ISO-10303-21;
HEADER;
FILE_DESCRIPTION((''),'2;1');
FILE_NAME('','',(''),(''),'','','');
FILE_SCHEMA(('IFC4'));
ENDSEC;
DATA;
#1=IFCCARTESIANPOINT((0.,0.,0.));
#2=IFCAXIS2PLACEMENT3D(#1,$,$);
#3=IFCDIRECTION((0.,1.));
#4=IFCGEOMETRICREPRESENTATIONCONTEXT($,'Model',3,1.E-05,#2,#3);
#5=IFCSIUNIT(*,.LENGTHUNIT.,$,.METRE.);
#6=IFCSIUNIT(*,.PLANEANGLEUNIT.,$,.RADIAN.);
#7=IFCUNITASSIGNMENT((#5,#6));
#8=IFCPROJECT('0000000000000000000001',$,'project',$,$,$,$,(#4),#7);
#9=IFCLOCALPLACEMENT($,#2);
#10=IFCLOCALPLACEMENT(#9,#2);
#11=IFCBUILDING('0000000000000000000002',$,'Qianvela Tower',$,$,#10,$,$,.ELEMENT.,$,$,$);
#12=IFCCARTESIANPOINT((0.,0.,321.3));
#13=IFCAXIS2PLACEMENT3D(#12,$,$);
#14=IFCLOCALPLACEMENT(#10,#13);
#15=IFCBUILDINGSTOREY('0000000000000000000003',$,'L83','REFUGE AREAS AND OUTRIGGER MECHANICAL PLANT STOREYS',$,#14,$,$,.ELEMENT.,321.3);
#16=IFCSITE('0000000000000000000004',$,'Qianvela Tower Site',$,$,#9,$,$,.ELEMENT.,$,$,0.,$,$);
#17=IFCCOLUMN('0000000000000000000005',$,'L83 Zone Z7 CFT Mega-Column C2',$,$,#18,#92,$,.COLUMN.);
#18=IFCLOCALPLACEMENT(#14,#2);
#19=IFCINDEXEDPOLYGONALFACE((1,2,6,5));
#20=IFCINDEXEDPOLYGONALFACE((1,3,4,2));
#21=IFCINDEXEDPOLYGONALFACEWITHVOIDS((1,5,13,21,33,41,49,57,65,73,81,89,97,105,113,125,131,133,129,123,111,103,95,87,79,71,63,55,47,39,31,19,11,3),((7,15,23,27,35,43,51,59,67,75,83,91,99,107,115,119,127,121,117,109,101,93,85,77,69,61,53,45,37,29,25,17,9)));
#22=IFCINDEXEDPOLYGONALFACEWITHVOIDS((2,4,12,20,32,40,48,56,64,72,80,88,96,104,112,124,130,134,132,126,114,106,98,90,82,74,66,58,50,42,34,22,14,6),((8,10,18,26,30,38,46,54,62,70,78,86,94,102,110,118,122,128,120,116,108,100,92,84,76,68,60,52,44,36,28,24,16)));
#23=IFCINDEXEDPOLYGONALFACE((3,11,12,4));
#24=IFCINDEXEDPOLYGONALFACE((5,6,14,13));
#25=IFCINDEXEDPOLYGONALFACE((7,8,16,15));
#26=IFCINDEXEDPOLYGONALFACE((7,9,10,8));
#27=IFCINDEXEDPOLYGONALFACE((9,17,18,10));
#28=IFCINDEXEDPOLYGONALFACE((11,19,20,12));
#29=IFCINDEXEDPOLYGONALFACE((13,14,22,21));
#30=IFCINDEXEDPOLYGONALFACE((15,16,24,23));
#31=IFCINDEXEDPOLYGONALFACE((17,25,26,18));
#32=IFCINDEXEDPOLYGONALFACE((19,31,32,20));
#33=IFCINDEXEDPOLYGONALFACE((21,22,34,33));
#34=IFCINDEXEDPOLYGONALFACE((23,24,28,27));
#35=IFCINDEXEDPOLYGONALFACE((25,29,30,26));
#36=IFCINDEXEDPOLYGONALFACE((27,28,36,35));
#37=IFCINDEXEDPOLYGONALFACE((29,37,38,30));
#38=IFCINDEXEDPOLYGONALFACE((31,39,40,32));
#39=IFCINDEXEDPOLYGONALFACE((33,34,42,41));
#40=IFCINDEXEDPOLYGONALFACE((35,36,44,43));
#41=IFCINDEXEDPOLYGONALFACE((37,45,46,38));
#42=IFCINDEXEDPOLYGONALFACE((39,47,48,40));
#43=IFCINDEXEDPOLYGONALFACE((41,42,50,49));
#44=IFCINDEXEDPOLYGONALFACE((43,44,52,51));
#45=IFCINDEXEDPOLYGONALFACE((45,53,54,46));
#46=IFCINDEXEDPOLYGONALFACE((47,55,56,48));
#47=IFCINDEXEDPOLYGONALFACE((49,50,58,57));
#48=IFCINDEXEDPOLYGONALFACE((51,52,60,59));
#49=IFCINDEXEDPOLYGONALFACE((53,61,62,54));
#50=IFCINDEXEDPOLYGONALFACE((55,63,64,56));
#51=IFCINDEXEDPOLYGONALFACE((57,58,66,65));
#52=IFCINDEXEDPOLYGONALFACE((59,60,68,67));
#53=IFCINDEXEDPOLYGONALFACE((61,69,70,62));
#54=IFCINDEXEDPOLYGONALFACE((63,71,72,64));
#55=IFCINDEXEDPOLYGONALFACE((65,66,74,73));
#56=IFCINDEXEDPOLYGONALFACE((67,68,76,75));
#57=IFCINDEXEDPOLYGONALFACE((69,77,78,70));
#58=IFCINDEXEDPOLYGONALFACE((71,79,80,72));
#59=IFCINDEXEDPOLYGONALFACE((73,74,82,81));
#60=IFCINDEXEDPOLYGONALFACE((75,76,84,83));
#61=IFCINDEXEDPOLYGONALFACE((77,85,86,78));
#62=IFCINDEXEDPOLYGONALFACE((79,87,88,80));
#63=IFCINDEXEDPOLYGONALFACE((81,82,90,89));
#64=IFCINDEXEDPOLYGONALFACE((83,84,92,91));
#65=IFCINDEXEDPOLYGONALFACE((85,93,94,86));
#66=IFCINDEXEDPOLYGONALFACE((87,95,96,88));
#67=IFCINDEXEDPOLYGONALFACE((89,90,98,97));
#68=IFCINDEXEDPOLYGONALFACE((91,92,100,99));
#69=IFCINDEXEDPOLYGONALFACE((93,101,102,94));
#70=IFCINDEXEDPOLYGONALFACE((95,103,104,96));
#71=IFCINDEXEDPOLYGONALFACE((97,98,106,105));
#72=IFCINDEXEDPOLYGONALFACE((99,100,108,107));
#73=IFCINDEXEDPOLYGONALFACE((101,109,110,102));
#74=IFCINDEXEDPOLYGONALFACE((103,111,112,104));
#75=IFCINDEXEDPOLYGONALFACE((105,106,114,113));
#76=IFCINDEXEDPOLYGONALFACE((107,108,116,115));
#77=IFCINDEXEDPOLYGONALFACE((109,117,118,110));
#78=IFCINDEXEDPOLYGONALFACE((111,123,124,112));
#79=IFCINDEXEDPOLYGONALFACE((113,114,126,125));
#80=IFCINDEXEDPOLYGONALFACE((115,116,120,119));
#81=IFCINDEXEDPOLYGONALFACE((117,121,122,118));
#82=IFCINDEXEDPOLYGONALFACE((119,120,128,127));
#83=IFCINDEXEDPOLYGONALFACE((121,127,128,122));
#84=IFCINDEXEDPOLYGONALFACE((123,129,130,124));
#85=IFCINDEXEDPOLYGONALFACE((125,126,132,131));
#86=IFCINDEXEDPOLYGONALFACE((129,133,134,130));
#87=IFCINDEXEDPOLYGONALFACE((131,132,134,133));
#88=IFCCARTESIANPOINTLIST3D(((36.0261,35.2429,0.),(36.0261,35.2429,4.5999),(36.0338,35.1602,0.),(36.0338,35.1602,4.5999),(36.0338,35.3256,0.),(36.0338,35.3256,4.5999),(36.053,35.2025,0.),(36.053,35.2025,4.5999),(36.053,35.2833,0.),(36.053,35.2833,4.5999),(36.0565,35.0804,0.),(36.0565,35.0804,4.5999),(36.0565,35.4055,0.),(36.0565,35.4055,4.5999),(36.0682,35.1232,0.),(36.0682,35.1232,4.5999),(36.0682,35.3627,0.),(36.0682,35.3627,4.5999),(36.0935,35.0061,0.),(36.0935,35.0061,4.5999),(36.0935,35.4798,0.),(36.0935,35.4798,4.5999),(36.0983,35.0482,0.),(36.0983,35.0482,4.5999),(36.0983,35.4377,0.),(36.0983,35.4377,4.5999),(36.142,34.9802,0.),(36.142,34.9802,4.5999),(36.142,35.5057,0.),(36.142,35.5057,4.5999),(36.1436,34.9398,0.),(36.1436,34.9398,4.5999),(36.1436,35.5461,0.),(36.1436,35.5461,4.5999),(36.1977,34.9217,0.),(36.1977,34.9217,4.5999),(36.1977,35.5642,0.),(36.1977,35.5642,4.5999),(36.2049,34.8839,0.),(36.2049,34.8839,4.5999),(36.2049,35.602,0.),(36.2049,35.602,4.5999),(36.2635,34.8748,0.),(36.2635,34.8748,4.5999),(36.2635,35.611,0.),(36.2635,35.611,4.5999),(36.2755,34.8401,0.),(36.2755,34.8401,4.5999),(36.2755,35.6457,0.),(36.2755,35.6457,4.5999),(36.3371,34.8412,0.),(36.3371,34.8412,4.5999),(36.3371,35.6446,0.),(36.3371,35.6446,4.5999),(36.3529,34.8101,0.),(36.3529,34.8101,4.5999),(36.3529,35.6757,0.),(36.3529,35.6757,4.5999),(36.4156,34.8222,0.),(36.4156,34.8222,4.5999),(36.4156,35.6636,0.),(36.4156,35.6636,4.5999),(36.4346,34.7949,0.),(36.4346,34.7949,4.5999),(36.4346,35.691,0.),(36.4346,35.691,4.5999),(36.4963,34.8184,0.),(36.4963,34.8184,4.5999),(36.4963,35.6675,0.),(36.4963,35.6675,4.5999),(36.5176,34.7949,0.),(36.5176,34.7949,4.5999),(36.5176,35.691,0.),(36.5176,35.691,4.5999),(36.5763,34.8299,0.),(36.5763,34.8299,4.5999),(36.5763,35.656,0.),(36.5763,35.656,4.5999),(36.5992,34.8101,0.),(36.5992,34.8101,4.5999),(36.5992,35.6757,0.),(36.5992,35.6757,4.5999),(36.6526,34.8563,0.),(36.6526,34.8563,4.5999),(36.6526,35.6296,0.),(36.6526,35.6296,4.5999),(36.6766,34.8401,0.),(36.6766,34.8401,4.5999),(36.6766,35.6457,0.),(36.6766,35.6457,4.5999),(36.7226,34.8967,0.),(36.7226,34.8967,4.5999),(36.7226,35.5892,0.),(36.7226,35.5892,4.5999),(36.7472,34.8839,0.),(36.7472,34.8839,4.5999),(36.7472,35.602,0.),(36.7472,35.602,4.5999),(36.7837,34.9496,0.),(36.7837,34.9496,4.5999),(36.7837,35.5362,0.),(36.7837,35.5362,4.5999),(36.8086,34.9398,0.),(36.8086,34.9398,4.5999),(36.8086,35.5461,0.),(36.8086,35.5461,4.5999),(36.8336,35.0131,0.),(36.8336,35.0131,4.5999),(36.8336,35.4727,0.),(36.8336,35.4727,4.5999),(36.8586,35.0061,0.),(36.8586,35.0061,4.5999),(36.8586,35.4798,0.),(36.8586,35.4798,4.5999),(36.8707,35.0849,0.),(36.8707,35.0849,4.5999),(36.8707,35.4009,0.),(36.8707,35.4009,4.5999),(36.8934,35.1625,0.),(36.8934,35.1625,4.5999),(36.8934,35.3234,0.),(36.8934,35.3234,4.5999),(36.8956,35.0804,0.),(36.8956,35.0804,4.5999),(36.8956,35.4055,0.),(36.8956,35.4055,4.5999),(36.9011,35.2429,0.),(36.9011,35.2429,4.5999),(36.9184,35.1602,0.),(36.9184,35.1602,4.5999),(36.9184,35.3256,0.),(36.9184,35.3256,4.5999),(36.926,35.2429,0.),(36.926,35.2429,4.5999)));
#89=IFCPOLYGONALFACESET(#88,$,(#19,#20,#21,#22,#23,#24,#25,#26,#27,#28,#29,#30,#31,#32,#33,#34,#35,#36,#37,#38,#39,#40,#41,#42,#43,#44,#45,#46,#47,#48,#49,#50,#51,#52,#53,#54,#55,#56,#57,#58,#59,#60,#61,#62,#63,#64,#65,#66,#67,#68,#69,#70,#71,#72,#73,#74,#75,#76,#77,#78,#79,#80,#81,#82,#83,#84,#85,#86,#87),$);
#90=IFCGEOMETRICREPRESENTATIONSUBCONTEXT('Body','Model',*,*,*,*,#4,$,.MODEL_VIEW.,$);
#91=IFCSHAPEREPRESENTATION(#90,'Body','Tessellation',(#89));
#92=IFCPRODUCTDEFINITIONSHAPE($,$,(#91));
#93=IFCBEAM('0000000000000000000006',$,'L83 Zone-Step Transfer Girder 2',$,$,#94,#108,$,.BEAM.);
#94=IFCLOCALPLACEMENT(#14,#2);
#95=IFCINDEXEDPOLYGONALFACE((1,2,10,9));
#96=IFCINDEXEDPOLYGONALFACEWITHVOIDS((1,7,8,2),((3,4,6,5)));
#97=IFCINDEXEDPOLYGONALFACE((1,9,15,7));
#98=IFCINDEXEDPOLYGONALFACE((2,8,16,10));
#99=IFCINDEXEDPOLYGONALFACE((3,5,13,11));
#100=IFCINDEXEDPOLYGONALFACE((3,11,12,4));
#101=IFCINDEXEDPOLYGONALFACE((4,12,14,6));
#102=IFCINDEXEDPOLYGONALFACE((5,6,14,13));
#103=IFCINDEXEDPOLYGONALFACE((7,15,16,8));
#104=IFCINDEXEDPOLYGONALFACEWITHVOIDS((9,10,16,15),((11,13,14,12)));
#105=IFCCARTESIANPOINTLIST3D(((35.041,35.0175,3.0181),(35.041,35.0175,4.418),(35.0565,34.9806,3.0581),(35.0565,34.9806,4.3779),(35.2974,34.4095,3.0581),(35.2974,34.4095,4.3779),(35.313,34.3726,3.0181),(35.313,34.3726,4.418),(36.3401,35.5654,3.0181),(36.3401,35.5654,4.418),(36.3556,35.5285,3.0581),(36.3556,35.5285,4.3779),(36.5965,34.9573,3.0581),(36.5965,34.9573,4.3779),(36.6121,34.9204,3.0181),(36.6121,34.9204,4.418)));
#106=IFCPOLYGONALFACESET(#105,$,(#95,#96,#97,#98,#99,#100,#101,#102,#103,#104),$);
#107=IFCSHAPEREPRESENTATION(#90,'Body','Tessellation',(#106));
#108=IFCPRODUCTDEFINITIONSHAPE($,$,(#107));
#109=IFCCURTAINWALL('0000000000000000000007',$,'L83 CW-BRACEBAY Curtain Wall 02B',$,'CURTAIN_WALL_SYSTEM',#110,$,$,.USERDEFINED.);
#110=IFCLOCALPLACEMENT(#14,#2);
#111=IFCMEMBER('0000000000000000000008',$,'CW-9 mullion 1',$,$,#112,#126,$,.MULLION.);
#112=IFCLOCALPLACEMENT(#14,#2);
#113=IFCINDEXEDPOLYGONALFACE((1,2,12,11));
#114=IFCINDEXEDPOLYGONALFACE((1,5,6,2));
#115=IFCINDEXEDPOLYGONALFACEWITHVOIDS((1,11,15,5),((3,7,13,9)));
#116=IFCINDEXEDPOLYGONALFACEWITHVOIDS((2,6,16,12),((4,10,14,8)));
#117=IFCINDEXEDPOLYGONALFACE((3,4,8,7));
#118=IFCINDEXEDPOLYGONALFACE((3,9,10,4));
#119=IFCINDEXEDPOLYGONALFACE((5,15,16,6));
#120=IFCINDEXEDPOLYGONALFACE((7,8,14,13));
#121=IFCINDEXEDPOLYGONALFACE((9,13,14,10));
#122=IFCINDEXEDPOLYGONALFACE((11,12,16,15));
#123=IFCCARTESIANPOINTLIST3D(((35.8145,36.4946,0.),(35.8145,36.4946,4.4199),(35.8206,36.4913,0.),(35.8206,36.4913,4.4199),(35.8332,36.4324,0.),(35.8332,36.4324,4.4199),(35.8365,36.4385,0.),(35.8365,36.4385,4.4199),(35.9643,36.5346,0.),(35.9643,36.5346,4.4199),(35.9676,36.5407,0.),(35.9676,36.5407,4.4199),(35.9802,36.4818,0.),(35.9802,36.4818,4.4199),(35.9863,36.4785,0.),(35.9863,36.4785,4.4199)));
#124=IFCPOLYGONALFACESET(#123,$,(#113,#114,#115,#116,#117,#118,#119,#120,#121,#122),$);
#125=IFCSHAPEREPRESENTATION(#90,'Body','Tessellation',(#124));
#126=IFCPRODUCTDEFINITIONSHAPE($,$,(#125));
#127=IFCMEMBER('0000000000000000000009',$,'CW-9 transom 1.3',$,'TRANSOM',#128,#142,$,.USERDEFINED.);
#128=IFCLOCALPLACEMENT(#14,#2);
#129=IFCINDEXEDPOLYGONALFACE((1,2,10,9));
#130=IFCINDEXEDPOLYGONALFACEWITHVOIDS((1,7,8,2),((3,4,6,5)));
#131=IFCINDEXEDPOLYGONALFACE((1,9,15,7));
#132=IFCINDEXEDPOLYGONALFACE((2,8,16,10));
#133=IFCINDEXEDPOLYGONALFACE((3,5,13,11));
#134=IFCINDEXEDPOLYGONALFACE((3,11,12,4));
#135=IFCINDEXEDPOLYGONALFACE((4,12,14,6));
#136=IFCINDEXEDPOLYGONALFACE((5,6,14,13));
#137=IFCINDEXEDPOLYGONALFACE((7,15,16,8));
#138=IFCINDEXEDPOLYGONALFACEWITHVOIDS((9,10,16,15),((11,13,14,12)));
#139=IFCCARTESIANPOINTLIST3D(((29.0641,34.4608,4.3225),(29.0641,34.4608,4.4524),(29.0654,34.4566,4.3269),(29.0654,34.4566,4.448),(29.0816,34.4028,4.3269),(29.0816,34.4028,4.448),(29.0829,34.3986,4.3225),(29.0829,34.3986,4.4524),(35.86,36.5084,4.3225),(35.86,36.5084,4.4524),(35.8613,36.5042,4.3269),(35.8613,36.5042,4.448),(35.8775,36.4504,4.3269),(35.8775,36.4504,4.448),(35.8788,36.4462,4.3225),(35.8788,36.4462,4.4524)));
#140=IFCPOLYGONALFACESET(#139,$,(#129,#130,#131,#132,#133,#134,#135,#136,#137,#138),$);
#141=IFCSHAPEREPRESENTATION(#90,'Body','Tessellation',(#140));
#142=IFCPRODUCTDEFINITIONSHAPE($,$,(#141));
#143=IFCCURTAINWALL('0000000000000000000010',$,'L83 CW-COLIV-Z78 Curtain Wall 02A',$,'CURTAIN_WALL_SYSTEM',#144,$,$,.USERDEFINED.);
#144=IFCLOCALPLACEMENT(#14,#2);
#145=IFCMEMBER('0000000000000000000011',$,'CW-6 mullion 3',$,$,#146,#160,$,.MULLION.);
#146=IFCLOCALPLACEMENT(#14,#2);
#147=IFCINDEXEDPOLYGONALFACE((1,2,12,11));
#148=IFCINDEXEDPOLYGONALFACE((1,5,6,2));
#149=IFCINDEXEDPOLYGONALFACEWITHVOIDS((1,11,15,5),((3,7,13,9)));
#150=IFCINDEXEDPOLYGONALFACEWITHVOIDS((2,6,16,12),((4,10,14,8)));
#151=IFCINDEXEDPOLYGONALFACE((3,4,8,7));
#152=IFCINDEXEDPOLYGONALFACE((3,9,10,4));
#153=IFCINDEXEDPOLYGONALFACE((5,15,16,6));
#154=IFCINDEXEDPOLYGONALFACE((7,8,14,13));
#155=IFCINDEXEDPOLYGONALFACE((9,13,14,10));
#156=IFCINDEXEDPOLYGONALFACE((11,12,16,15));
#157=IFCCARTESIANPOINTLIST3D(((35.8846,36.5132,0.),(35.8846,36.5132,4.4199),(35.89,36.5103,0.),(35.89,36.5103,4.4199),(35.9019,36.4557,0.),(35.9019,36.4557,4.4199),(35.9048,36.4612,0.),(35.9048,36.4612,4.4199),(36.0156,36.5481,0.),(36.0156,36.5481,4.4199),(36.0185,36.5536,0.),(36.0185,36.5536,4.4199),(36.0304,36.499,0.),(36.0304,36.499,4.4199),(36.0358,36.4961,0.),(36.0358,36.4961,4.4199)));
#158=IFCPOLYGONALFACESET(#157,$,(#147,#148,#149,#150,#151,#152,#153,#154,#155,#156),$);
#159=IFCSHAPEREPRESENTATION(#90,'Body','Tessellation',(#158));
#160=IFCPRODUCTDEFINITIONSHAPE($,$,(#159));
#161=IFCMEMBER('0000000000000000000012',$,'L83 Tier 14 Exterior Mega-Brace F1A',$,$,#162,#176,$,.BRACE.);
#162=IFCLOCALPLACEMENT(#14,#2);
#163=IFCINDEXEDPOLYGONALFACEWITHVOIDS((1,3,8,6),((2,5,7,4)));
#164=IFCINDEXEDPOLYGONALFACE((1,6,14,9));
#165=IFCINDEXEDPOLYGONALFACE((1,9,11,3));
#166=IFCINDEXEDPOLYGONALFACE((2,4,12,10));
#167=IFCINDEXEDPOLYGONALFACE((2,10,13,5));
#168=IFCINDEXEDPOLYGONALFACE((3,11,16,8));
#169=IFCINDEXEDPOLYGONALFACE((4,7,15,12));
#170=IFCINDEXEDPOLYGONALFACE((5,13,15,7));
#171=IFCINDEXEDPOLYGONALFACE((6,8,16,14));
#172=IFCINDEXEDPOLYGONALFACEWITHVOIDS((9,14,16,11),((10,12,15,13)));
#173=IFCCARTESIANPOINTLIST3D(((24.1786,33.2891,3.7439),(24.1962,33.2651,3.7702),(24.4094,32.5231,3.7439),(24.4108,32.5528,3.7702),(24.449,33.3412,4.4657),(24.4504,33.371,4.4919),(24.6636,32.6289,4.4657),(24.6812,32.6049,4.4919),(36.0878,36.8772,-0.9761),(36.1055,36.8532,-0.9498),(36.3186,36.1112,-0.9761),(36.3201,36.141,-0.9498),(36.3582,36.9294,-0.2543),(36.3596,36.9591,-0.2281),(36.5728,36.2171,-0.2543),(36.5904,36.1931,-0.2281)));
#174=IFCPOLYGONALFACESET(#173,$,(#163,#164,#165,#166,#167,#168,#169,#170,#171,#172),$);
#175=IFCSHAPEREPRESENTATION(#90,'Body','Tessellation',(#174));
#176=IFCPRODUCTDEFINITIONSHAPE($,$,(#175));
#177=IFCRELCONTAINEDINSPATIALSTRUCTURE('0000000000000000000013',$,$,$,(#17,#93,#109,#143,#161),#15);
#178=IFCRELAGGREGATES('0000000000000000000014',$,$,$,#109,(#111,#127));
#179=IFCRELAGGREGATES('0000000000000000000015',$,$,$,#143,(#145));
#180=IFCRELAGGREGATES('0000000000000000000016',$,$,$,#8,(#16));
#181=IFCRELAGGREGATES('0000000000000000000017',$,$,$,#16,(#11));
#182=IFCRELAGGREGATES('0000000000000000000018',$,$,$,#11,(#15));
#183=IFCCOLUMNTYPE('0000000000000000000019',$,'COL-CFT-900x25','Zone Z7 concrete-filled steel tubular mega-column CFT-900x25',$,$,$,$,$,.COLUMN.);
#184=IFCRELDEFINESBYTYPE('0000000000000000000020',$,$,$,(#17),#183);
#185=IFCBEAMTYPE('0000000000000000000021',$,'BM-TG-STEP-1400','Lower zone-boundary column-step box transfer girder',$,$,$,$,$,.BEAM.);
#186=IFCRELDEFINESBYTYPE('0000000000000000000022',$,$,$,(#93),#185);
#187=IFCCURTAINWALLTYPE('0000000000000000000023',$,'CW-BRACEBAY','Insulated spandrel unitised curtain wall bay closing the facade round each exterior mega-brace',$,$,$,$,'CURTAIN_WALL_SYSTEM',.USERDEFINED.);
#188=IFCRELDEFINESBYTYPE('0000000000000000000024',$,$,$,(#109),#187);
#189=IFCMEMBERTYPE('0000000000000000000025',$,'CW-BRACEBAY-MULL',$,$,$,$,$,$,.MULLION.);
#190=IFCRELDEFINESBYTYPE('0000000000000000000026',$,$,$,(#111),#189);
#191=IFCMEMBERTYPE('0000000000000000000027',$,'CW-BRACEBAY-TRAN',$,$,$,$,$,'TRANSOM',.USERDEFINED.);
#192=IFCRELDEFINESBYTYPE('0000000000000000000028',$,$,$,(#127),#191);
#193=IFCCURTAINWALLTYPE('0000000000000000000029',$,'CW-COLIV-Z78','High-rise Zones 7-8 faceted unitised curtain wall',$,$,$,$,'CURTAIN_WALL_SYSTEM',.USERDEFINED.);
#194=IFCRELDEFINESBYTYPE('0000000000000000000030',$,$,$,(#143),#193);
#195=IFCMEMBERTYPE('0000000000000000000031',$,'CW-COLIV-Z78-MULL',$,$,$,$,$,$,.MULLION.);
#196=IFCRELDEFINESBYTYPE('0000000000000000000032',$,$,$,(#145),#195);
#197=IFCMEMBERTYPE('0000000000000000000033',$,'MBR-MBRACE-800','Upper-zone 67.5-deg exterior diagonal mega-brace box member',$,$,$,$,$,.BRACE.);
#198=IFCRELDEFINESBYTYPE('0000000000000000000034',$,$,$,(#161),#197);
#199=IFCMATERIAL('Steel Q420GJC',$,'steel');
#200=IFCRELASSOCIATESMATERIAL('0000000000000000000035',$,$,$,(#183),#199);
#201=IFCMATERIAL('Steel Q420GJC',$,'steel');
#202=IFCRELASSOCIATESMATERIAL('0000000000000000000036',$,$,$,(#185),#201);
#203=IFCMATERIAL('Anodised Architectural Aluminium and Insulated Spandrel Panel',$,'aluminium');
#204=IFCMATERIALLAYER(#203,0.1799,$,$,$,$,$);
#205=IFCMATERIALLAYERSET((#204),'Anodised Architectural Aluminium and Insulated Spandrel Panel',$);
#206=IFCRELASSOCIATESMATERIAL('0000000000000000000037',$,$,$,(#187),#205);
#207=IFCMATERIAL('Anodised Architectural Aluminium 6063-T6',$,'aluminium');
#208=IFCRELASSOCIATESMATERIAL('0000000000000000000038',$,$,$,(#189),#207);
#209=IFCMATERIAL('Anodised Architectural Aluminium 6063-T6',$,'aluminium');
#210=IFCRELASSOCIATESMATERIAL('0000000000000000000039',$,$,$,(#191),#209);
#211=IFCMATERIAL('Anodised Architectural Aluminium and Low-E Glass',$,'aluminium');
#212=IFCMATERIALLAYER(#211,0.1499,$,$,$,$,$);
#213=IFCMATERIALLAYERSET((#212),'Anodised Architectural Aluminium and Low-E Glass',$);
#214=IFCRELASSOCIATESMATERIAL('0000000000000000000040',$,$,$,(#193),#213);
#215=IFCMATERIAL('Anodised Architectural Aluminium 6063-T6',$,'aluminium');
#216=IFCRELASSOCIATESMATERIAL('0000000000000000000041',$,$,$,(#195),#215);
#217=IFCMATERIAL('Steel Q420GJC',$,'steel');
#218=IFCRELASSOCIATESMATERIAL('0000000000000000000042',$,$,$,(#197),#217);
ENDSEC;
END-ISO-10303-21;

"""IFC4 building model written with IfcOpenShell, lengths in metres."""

from ifc_helpers import new_model, si_unit, direction, frame, origin, origin_2d, place, context, subcontext, project, spatial, hollow_rectangle, hollow_circle, extrude, material, layer, layer_set, material_profile, profile_set, type_object, element, aggregate, save


model = new_model("IFC4")

# Units and contexts
model_context = context("Model", 3, precision=1e-05, world=origin(), true_north=direction((0.0, 1.0)))
body_context = subcontext(model_context, "Body", "Model", "MODEL_VIEW")
ifc_project = project(units=[si_unit("LENGTHUNIT", "METRE"), si_unit("PLANEANGLEUNIT", "RADIAN")], contexts=[model_context])

# Site, building, storey
site_placement = place(None, origin())
site = spatial("IfcSite", under=ifc_project, at=site_placement, Name="Qianvela Tower Site", CompositionType="ELEMENT", RefElevation=0.0)
building_placement = place(site_placement, origin())
building = spatial("IfcBuilding", under=site, at=building_placement, Name="Qianvela Tower", CompositionType="ELEMENT")
storey_placement = place(building_placement, frame((0.0, 0.0, 321.3)))
storey = spatial("IfcBuildingStorey", under=building, at=storey_placement, Name="L83", Description="REFUGE AREAS AND OUTRIGGER MECHANICAL PLANT STOREYS", CompositionType="ELEMENT", Elevation=321.3)

# Column
ifc_material_1 = material(Name="Steel Q420GJC", Category="steel")
ifc_material_profile_1 = material_profile(ifc_material_1, hollow_circle(Radius=0.45, WallThickness=0.0249, at=origin_2d()), Name="CFT-900x25")
ifc_profile_set_1 = profile_set([ifc_material_profile_1], Name="Steel Q420GJC")
column_type = type_object("IfcColumnType", Name="COL-CFT-900x25", Description="Zone Z7 concrete-filled steel tubular mega-column CFT-900x25", PredefinedType="COLUMN", material=ifc_profile_set_1)
column_placement = place(storey_placement, frame((36.4761, 35.2429, 0.0), z_axis=(0.0, 0.0, 1.0), x_axis=(1.0, 0.0, 0.0)))
element("IfcColumn", 1, at=column_placement, inside=storey, type_object=column_type, Name="L83 Zone Z7 CFT Mega-Column C2", PredefinedType="COLUMN", context=body_context, shape_type="SweptSolid", body=[
    extrude(hollow_circle(Radius=0.45, WallThickness=0.0249, at=origin_2d()), origin(), (0.0, 0.0, 1.0), 4.5999),
])

# Beam
ifc_material_2 = material(Name="Steel Q420GJC", Category="steel")
ifc_material_profile_2 = material_profile(ifc_material_2, hollow_rectangle(XDim=0.7, YDim=1.3999, WallThickness=0.04, at=origin_2d()), Name="TG-BOX-1400x700x40")
ifc_profile_set_2 = profile_set([ifc_material_profile_2], Name="Steel Q420GJC")
beam_type = type_object("IfcBeamType", Name="BM-TG-STEP-1400", Description="Lower zone-boundary column-step box transfer girder", PredefinedType="BEAM", material=ifc_profile_set_2)
beam_placement = place(storey_placement, frame((36.4761, 35.2429, 3.718), z_axis=(-0.921414, -0.388583, 0.0), x_axis=(0.388583, -0.921414, 0.0)))
element("IfcBeam", 2, at=beam_placement, inside=storey, type_object=beam_type, Name="L83 Zone-Step Transfer Girder 2", PredefinedType="BEAM", context=body_context, shape_type="SweptSolid", body=[
    extrude(hollow_rectangle(XDim=0.7, YDim=1.3999, WallThickness=0.04, at=origin_2d()), origin(), (0.0, 0.0, 1.0), 1.4099),
])

# Curtain wall, members
ifc_material_3 = material(Name="Anodised Architectural Aluminium and Insulated Spandrel Panel", Category="aluminium")
ifc_layer_1 = layer(ifc_material_3, 0.1799)
ifc_layer_set_1 = layer_set([ifc_layer_1], Name="Anodised Architectural Aluminium and Insulated Spandrel Panel")
curtain_wall_type_1 = type_object("IfcCurtainWallType", Name="CW-BRACEBAY", Description="Insulated spandrel unitised curtain wall bay closing the facade round each exterior mega-brace", ElementType="CURTAIN_WALL_SYSTEM", PredefinedType="USERDEFINED", material=ifc_layer_set_1)
curtain_wall_1_placement = place(storey_placement, origin())
curtain_wall_1 = element("IfcCurtainWall", 3, at=curtain_wall_1_placement, inside=storey, type_object=curtain_wall_type_1, Name="L83 CW-BRACEBAY Curtain Wall 02B", ObjectType="CURTAIN_WALL_SYSTEM", PredefinedType="USERDEFINED")
ifc_material_4 = material(Name="Anodised Architectural Aluminium 6063-T6", Category="aluminium")
ifc_material_profile_3 = material_profile(ifc_material_4, hollow_rectangle(XDim=0.0649, YDim=0.1599, WallThickness=0.0049, at=origin_2d()), Name="ALU-MULL-65x160")
ifc_profile_set_3 = profile_set([ifc_material_profile_3], Name="Anodised Architectural Aluminium 6063-T6")
member_type_1 = type_object("IfcMemberType", Name="CW-BRACEBAY-MULL", PredefinedType="MULLION", material=ifc_profile_set_3)
member_1_placement = place(storey_placement, frame((35.9004, 36.4866, 0.0), z_axis=(0.0, 0.0, 1.0), x_axis=(0.288477, -0.957487, 0.0)))
member_1 = element("IfcMember", 4, at=member_1_placement, type_object=member_type_1, Name="CW-9 mullion 1", PredefinedType="MULLION", context=body_context, shape_type="SweptSolid", body=[
    extrude(hollow_rectangle(XDim=0.0649, YDim=0.1599, WallThickness=0.0049, at=origin_2d()), origin(), (0.0, 0.0, 1.0), 4.4199),
])
ifc_material_5 = material(Name="Anodised Architectural Aluminium 6063-T6", Category="aluminium")
ifc_material_profile_4 = material_profile(ifc_material_5, hollow_rectangle(XDim=0.0649, YDim=0.1299, WallThickness=0.0044, at=origin_2d()), Name="ALU-TRAN-65x130")
ifc_profile_set_4 = profile_set([ifc_material_profile_4], Name="Anodised Architectural Aluminium 6063-T6")
member_type_2 = type_object("IfcMemberType", Name="CW-BRACEBAY-TRAN", ElementType="TRANSOM", PredefinedType="USERDEFINED", material=ifc_profile_set_4)
member_2_placement = place(storey_placement, frame((35.8694, 36.4773, 4.3875), z_axis=(-0.957483, -0.28849, 0.0), x_axis=(0.28849, -0.957483, 0.0)))
member_2 = element("IfcMember", 5, at=member_2_placement, type_object=member_type_2, Name="CW-9 transom 1.3", ObjectType="TRANSOM", PredefinedType="USERDEFINED", context=body_context, shape_type="SweptSolid", body=[
    extrude(hollow_rectangle(XDim=0.0649, YDim=0.1299, WallThickness=0.0044, at=origin_2d()), origin(), (0.0, 0.0, 1.0), 7.0977),
])
aggregate(curtain_wall_1, [member_1, member_2])

# Curtain wall, member
ifc_material_6 = material(Name="Anodised Architectural Aluminium and Low-E Glass", Category="aluminium")
ifc_layer_2 = layer(ifc_material_6, 0.1499)
ifc_layer_set_2 = layer_set([ifc_layer_2], Name="Anodised Architectural Aluminium and Low-E Glass")
curtain_wall_type_2 = type_object("IfcCurtainWallType", Name="CW-COLIV-Z78", Description="High-rise Zones 7-8 faceted unitised curtain wall", ElementType="CURTAIN_WALL_SYSTEM", PredefinedType="USERDEFINED", material=ifc_layer_set_2)
curtain_wall_2_placement = place(storey_placement, origin())
curtain_wall_2 = element("IfcCurtainWall", 6, at=curtain_wall_2_placement, inside=storey, type_object=curtain_wall_type_2, Name="L83 CW-COLIV-Z78 Curtain Wall 02A", ObjectType="CURTAIN_WALL_SYSTEM", PredefinedType="USERDEFINED")
ifc_material_7 = material(Name="Anodised Architectural Aluminium 6063-T6", Category="aluminium")
ifc_material_profile_5 = material_profile(ifc_material_7, hollow_rectangle(XDim=0.0601, YDim=0.1399, WallThickness=0.0044, at=origin_2d()), Name="ALU-MULL-60x140")
ifc_profile_set_5 = profile_set([ifc_material_profile_5], Name="Anodised Architectural Aluminium 6063-T6")
member_type_3 = type_object("IfcMemberType", Name="CW-COLIV-Z78-MULL", PredefinedType="MULLION", material=ifc_profile_set_5)
member_3_placement = place(storey_placement, frame((35.9602, 36.5046, 0.0), z_axis=(0.0, 0.0, 1.0), x_axis=(0.28848, -0.957486, 0.0)))
member_3 = element("IfcMember", 7, at=member_3_placement, type_object=member_type_3, Name="CW-6 mullion 3", PredefinedType="MULLION", context=body_context, shape_type="SweptSolid", body=[
    extrude(hollow_rectangle(XDim=0.0601, YDim=0.1399, WallThickness=0.0044, at=origin_2d()), origin(), (0.0, 0.0, 1.0), 4.4199),
])

# Member
ifc_material_8 = material(Name="Steel Q420GJC", Category="steel")
ifc_material_profile_6 = material_profile(ifc_material_8, hollow_rectangle(XDim=0.8, YDim=0.8, WallThickness=0.0281, at=origin_2d()), Name="MBOX-800x800x28")
ifc_profile_set_6 = profile_set([ifc_material_profile_6], Name="Steel Q420GJC")
member_type_4 = type_object("IfcMemberType", Name="MBR-MBRACE-800", Description="Upper-zone 67.5-deg exterior diagonal mega-brace box member", PredefinedType="BRACE", material=ifc_profile_set_6)
member_4_placement = place(storey_placement, frame((36.3391, 36.5352, -0.6021), z_axis=(-0.895196, -0.269715, 0.354793), x_axis=(0.288482, -0.957485, 0.0)))
element("IfcMember", 8, at=member_4_placement, inside=storey, type_object=member_type_4, Name="L83 Tier 14 Exterior Mega-Brace F1A", PredefinedType="BRACE", context=body_context, shape_type="SweptSolid", body=[
    extrude(hollow_rectangle(XDim=0.8, YDim=0.8, WallThickness=0.0281, at=origin_2d()), origin(), (0.0, 0.0, 1.0), 13.3035),
])

aggregate(curtain_wall_2, [member_3])

save(model, "model.ifc")
